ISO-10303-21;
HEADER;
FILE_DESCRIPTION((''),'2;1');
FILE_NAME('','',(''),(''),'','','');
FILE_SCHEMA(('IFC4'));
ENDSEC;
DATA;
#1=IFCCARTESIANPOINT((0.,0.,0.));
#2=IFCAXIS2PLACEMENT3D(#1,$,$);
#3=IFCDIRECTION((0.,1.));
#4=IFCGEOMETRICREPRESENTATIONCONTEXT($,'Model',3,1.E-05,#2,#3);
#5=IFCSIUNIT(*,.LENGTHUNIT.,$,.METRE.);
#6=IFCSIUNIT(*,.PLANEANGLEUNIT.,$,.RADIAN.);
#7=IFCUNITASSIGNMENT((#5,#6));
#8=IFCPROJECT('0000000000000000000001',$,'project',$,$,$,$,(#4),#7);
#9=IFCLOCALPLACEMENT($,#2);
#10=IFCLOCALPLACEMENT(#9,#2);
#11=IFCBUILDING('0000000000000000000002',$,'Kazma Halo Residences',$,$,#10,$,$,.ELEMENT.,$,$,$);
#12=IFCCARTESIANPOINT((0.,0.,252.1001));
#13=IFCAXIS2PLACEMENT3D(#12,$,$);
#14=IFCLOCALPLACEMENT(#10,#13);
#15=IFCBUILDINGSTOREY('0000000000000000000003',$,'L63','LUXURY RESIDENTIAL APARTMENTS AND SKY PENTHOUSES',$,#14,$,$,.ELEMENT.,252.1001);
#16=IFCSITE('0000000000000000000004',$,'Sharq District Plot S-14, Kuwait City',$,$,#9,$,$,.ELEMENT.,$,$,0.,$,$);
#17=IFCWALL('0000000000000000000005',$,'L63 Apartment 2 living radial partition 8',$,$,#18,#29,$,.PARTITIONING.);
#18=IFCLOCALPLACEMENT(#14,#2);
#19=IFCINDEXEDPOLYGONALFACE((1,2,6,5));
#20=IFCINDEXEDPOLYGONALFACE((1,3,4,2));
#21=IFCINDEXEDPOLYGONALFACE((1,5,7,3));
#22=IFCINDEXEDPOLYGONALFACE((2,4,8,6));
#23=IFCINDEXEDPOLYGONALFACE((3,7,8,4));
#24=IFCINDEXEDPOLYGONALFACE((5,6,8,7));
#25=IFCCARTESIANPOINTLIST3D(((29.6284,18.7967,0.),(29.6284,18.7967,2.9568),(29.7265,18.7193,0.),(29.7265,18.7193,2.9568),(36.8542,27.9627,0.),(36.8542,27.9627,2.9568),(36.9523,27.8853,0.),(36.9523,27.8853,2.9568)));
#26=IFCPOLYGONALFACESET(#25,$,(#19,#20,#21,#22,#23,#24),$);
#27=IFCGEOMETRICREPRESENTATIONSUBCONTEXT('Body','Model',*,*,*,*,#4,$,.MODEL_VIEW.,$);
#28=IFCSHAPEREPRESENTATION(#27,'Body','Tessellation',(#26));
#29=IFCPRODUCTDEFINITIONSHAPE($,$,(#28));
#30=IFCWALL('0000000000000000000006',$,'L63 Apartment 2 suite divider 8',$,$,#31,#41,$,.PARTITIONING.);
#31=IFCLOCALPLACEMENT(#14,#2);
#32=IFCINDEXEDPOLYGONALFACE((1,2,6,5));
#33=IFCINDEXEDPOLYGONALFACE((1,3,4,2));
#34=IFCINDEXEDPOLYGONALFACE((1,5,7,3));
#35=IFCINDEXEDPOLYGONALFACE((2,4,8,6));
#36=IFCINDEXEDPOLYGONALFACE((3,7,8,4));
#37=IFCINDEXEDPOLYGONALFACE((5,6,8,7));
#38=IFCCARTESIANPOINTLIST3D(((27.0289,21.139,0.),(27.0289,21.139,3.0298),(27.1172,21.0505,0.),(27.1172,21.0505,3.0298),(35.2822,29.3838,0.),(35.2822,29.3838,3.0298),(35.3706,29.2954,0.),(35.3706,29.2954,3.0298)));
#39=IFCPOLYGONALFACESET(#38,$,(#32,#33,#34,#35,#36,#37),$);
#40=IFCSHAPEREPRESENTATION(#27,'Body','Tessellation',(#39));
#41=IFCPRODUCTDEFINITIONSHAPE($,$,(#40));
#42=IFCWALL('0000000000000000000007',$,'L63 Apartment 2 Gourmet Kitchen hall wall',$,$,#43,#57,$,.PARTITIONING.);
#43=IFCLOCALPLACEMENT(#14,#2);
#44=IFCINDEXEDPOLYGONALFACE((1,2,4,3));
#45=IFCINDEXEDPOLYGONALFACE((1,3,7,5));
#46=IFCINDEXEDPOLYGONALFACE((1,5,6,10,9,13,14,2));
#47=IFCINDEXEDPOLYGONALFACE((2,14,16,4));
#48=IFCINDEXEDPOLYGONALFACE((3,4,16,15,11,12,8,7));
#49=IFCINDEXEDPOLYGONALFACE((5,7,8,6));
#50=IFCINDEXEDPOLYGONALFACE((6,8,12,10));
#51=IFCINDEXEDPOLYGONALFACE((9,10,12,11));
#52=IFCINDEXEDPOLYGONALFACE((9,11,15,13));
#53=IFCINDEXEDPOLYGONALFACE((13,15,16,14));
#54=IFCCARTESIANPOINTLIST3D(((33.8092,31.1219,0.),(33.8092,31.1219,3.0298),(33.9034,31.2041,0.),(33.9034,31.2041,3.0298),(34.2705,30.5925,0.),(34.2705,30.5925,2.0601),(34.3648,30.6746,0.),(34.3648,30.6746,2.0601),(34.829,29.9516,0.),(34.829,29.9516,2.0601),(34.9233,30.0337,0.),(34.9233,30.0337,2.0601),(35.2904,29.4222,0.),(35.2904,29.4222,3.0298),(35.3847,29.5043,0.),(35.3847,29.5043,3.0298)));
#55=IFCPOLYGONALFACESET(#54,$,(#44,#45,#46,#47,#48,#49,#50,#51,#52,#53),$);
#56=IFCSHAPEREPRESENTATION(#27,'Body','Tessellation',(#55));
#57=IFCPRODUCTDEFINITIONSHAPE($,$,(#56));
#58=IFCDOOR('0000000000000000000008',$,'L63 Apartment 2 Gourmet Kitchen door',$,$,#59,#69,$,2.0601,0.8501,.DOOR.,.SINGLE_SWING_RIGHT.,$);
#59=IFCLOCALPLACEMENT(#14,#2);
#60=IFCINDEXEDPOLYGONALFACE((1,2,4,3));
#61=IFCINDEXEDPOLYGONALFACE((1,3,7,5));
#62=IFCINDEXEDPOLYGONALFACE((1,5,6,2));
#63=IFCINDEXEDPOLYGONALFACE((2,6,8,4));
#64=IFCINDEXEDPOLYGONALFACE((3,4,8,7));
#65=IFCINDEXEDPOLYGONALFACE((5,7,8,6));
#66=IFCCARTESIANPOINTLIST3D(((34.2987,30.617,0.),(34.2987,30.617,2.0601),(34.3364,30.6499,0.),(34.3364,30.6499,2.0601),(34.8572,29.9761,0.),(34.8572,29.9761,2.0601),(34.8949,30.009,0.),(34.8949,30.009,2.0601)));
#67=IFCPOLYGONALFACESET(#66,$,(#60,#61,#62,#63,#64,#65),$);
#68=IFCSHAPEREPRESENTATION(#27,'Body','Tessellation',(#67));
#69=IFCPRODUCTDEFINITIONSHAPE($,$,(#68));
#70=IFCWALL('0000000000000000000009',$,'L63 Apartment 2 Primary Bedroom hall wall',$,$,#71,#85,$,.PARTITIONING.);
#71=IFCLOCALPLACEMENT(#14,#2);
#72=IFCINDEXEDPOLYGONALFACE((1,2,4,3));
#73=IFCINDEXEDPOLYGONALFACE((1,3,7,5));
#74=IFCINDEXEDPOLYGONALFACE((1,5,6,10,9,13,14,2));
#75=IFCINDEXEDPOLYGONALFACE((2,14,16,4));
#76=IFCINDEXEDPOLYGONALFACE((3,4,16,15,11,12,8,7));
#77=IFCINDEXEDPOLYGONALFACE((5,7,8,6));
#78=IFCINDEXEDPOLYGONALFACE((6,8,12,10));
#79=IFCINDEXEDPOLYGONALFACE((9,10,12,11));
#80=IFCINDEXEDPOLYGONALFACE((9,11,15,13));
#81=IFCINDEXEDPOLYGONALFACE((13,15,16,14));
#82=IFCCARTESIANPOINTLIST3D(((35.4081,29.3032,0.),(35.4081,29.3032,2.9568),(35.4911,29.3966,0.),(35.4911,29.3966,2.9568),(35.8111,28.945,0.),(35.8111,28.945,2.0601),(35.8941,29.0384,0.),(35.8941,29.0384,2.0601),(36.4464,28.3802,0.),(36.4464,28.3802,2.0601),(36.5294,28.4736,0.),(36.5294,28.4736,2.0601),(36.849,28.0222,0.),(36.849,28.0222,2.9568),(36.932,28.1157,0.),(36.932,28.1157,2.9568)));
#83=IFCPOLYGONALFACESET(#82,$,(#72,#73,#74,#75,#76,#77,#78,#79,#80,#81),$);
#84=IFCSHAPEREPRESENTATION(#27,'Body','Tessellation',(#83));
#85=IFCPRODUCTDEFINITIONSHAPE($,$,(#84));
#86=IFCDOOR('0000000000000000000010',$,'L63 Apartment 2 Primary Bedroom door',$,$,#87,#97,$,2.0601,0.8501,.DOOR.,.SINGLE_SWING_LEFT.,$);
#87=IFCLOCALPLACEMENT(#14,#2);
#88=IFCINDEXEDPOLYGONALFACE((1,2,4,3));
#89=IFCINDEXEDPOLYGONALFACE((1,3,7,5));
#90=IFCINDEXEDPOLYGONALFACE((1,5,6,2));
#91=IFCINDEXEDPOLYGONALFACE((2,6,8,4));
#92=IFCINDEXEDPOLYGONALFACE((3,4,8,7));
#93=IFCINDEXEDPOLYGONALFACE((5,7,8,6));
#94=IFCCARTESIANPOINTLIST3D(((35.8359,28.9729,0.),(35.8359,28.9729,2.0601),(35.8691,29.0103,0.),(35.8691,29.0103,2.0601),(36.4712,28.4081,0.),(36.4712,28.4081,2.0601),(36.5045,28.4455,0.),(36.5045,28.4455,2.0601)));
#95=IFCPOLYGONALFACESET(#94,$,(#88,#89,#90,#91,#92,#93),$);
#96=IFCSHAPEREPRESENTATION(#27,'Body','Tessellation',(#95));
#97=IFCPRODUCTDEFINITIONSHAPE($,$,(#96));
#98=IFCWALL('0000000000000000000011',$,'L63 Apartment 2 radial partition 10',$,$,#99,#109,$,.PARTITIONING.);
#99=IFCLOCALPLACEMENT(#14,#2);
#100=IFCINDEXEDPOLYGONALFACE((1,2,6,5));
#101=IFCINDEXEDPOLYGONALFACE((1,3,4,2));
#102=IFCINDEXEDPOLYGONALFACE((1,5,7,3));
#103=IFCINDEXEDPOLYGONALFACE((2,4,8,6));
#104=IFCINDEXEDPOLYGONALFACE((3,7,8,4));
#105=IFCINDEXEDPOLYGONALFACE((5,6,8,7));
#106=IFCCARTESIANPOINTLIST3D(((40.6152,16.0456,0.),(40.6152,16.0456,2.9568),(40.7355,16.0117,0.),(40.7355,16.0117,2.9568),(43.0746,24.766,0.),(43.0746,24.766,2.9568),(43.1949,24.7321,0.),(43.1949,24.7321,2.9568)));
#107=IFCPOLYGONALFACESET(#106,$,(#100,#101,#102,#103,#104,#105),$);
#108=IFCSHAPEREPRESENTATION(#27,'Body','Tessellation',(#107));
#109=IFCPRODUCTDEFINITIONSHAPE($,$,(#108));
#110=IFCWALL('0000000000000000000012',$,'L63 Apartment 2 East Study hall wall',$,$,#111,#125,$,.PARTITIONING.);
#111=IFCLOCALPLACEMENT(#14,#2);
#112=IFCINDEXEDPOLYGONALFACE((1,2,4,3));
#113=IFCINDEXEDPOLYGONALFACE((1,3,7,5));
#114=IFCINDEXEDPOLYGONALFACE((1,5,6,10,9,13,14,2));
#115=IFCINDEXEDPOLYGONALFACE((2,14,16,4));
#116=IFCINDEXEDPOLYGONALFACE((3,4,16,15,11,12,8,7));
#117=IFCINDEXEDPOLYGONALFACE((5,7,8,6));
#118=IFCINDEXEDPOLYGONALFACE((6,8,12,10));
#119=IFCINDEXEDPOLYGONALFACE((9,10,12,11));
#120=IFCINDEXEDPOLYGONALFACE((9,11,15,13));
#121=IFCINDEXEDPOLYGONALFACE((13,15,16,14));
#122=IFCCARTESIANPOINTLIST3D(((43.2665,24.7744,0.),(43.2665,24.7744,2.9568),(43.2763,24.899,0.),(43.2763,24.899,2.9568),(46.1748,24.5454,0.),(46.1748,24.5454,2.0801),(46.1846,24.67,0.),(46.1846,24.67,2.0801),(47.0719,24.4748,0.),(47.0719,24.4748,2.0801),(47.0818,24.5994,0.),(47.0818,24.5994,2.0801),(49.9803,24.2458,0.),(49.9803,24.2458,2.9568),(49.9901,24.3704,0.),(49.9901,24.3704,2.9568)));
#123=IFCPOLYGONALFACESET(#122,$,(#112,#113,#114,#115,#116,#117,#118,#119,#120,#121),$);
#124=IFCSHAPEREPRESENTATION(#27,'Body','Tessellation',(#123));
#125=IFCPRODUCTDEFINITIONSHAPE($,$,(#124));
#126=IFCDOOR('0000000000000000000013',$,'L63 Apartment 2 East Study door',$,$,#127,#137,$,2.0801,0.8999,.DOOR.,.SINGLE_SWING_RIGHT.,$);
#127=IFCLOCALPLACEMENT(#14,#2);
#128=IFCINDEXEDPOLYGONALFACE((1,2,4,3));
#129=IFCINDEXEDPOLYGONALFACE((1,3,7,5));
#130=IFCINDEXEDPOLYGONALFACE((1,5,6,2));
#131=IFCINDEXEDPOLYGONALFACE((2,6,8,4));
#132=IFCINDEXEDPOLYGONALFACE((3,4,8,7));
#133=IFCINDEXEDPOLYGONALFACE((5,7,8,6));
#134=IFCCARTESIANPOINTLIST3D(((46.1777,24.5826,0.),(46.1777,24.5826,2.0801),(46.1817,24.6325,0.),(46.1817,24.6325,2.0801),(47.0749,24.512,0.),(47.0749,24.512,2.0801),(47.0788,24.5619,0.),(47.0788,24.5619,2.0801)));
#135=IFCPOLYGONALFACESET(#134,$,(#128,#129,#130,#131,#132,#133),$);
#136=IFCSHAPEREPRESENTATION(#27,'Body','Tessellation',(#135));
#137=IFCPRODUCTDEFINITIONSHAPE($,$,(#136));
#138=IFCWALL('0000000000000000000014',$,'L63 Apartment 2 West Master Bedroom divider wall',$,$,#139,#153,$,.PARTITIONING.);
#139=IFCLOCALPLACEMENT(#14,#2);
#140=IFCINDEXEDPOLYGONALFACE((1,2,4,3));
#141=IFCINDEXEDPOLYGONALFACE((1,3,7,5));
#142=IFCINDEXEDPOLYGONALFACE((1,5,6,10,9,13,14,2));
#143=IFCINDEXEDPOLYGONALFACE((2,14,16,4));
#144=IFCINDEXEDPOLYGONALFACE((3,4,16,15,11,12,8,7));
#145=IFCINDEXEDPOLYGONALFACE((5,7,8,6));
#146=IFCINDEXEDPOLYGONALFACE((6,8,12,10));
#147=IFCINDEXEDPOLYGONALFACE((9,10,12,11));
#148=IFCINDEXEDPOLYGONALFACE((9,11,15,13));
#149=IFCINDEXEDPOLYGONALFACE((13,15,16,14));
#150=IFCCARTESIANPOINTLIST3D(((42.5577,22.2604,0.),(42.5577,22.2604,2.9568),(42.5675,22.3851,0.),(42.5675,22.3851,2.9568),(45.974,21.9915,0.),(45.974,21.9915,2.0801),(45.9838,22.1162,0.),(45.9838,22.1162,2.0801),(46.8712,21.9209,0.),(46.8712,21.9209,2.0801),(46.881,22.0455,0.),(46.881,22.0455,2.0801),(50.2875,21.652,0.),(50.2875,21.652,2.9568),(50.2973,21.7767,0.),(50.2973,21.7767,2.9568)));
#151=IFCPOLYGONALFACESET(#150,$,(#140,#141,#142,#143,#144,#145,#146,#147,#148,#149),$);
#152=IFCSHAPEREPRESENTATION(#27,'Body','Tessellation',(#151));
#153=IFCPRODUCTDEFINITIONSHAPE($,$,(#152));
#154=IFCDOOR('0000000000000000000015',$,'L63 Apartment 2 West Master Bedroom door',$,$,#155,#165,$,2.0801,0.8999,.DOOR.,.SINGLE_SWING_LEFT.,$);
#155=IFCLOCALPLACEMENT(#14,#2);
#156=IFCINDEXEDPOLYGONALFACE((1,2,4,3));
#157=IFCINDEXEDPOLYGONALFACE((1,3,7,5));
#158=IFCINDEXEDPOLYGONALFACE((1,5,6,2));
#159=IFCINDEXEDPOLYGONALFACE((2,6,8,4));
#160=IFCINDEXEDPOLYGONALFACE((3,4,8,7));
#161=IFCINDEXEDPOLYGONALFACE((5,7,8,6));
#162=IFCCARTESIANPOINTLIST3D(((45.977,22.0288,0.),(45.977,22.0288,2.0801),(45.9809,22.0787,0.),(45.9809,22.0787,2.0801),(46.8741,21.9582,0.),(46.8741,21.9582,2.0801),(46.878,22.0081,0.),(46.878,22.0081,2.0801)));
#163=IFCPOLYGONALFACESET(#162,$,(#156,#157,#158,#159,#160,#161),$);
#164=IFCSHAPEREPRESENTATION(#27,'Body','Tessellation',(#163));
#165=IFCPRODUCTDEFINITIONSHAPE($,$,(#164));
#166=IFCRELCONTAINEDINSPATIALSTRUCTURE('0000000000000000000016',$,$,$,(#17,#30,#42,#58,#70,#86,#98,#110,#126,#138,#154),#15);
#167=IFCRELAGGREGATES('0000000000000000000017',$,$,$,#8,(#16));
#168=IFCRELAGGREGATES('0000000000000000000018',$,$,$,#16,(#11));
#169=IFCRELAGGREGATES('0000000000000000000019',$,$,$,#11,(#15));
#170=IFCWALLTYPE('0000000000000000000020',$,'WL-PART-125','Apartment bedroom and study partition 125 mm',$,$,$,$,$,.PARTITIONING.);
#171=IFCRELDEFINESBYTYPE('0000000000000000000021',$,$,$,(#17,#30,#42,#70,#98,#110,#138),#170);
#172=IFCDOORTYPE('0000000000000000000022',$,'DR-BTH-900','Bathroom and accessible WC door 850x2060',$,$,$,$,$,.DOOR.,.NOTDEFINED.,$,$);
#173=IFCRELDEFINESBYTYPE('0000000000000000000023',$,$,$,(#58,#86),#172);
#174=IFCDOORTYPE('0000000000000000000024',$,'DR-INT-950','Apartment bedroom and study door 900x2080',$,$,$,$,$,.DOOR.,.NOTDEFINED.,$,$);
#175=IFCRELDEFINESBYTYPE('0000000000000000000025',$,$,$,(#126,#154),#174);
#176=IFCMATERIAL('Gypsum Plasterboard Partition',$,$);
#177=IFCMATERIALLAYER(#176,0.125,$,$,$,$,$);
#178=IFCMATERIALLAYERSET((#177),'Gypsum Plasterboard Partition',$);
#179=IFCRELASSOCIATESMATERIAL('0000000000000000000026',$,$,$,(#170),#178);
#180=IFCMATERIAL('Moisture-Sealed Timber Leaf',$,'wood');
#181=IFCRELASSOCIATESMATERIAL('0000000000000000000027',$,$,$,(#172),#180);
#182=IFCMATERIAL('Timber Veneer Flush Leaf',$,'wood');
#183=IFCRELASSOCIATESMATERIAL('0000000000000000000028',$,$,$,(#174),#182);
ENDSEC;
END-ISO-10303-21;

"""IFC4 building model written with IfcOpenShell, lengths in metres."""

from ifc_helpers import new_model, si_unit, direction, frame, frame_2d, origin, place, context, subcontext, project, spatial, rectangle, extrude, material, layer, layer_set, type_object, element, fill, save


model = new_model("IFC4")

# Units and contexts
model_context = context("Model", 3, precision=1e-05, world=origin(), true_north=direction((0.0, 1.0)))
body_context = subcontext(model_context, "Body", "Model", "MODEL_VIEW")
ifc_project = project(units=[si_unit("LENGTHUNIT", "METRE"), si_unit("PLANEANGLEUNIT", "RADIAN")], contexts=[model_context])

# Site, building, storey
site_placement = place(None, origin())
site = spatial("IfcSite", under=ifc_project, at=site_placement, Name="Sharq District Plot S-14, Kuwait City", CompositionType="ELEMENT", RefElevation=0.0)
building_placement = place(site_placement, origin())
building = spatial("IfcBuilding", under=site, at=building_placement, Name="Kazma Halo Residences", CompositionType="ELEMENT")
storey_placement = place(building_placement, frame((0.0, 0.0, 252.1001)))
storey = spatial("IfcBuildingStorey", under=building, at=storey_placement, Name="L63", Description="LUXURY RESIDENTIAL APARTMENTS AND SKY PENTHOUSES", CompositionType="ELEMENT", Elevation=252.1001)

# Walls
ifc_material_1 = material(Name="Gypsum Plasterboard Partition")
ifc_layer_1 = layer(ifc_material_1, 0.125)
ifc_layer_set_1 = layer_set([ifc_layer_1], Name="Gypsum Plasterboard Partition")
wall_type_1 = type_object("IfcWallType", Name="WL-PART-125", Description="Apartment bedroom and study partition 125 mm", PredefinedType="PARTITIONING", material=ifc_layer_set_1)
wall_1_placement = place(storey_placement, frame((36.9033, 27.9241, 0.0), z_axis=(0.0, 0.0, 1.0), x_axis=(-0.61909, -0.78532, 0.0)))
element("IfcWall", 1, at=wall_1_placement, inside=storey, type_object=wall_type_1, Name="L63 Apartment 2 living radial partition 8", PredefinedType="PARTITIONING", context=body_context, shape_type="SweptSolid", body=[
    extrude(rectangle(XDim=11.6716, YDim=0.125, at=frame_2d((5.8359, 0.0))), origin(), (0.0, 0.0, 1.0), 2.9568),
])
wall_2_placement = place(storey_placement, frame((35.3264, 29.3396, 0.0), z_axis=(0.0, 0.0, 1.0), x_axis=(-0.707473, -0.70674, 0.0)))
element("IfcWall", 2, at=wall_2_placement, inside=storey, type_object=wall_type_1, Name="L63 Apartment 2 suite divider 8", PredefinedType="PARTITIONING", context=body_context, shape_type="SweptSolid", body=[
    extrude(rectangle(XDim=11.666, YDim=0.125, at=frame_2d((5.833, 0.0))), origin(), (0.0, 0.0, 1.0), 3.0298),
])

# Walls, openings, doors
wall_3_placement = place(storey_placement, frame((33.8562, 31.1631, 0.0), z_axis=(0.0, 0.0, 1.0), x_axis=(0.656985, -0.753903, 0.0)))
wall_3 = element("IfcWall", 3, at=wall_3_placement, inside=storey, type_object=wall_type_1, Name="L63 Apartment 2 Gourmet Kitchen hall wall", PredefinedType="PARTITIONING", context=body_context, shape_type="SweptSolid", body=[
    extrude(rectangle(XDim=2.2546, YDim=0.125, at=frame_2d((1.1274, 0.0))), origin(), (0.0, 0.0, 1.0), 3.0298),
])
opening_1_placement = place(wall_3_placement, frame((0.7024, 0.0, 0.0)))
opening_1 = element("IfcOpeningElement", 4, at=opening_1_placement, cuts=wall_3, PredefinedType="OPENING", context=body_context, shape_type="SweptSolid", body=[
    extrude(rectangle(XDim=0.8501, YDim=2.0601, at=frame_2d((0.425, 1.03))), frame((0.0, 0.0725, 0.0), z_axis=(0.0, -1.0, 0.0), x_axis=(1.0, 0.0, 0.0)), (0.0, 0.0, 1.0), 0.145),
])
ifc_material_2 = material(Name="Moisture-Sealed Timber Leaf", Category="wood")
door_type_1 = type_object("IfcDoorType", Name="DR-BTH-900", Description="Bathroom and accessible WC door 850x2060", OperationType="NOTDEFINED", PredefinedType="DOOR", material=ifc_material_2)
door_1_placement = place(opening_1_placement, origin())
door_1 = element("IfcDoor", 5, at=door_1_placement, inside=storey, type_object=door_type_1, Name="L63 Apartment 2 Gourmet Kitchen door", OperationType="SINGLE_SWING_RIGHT", OverallHeight=2.0601, OverallWidth=0.8501, PredefinedType="DOOR", context=body_context, shape_type="SweptSolid", body=[
    extrude(rectangle(XDim=0.8501, YDim=2.0601, at=frame_2d((0.425, 1.03))), frame((0.0, 0.0249, 0.0), z_axis=(0.0, -1.0, 0.0), x_axis=(1.0, 0.0, 0.0)), (0.0, 0.0, 1.0), 0.05),
])
fill(opening_1, door_1)
wall_4_placement = place(storey_placement, frame((35.4497, 29.3499, 0.0), z_axis=(0.0, 0.0, 1.0), x_axis=(0.74736, -0.664419, 0.0)))
wall_4 = element("IfcWall", 6, at=wall_4_placement, inside=storey, type_object=wall_type_1, Name="L63 Apartment 2 Primary Bedroom hall wall", PredefinedType="PARTITIONING", context=body_context, shape_type="SweptSolid", body=[
    extrude(rectangle(XDim=1.928, YDim=0.125, at=frame_2d((0.9639, 0.0))), origin(), (0.0, 0.0, 1.0), 2.9568),
])
opening_2_placement = place(wall_4_placement, frame((0.5391, 0.0, 0.0)))
opening_2 = element("IfcOpeningElement", 7, at=opening_2_placement, cuts=wall_4, PredefinedType="OPENING", context=body_context, shape_type="SweptSolid", body=[
    extrude(rectangle(XDim=0.8501, YDim=2.0601, at=frame_2d((0.425, 1.03))), frame((0.0, 0.0725, 0.0), z_axis=(0.0, -1.0, 0.0), x_axis=(1.0, 0.0, 0.0)), (0.0, 0.0, 1.0), 0.145),
])
door_2_placement = place(opening_2_placement, origin())
door_2 = element("IfcDoor", 8, at=door_2_placement, inside=storey, type_object=door_type_1, Name="L63 Apartment 2 Primary Bedroom door", OperationType="SINGLE_SWING_LEFT", OverallHeight=2.0601, OverallWidth=0.8501, PredefinedType="DOOR", context=body_context, shape_type="SweptSolid", body=[
    extrude(rectangle(XDim=0.8501, YDim=2.0601, at=frame_2d((0.425, 1.03))), frame((0.0, 0.0249, 0.0), z_axis=(0.0, -1.0, 0.0), x_axis=(1.0, 0.0, 0.0)), (0.0, 0.0, 1.0), 0.05),
])
fill(opening_2, door_2)

# Wall
wall_5_placement = place(storey_placement, frame((43.1348, 24.749, 0.0), z_axis=(0.0, 0.0, 1.0), x_axis=(-0.271445, -0.962454, 0.0)))
element("IfcWall", 9, at=wall_5_placement, inside=storey, type_object=wall_type_1, Name="L63 Apartment 2 radial partition 10", PredefinedType="PARTITIONING", context=body_context, shape_type="SweptSolid", body=[
    extrude(rectangle(XDim=9.0605, YDim=0.125, at=frame_2d((4.5303, 0.0))), origin(), (0.0, 0.0, 1.0), 2.9568),
])

# Walls, openings, doors
wall_6_placement = place(storey_placement, frame((43.2715, 24.8367, 0.0), z_axis=(0.0, 0.0, 1.0), x_axis=(0.996915, -0.078484, 0.0)))
wall_6 = element("IfcWall", 10, at=wall_6_placement, inside=storey, type_object=wall_type_1, Name="L63 Apartment 2 East Study hall wall", PredefinedType="PARTITIONING", context=body_context, shape_type="SweptSolid", body=[
    extrude(rectangle(XDim=6.7346, YDim=0.125, at=frame_2d((3.3672, 0.0))), origin(), (0.0, 0.0, 1.0), 2.9568),
])
opening_3_placement = place(wall_6_placement, frame((2.9172, 0.0, 0.0)))
opening_3 = element("IfcOpeningElement", 11, at=opening_3_placement, cuts=wall_6, PredefinedType="OPENING", context=body_context, shape_type="SweptSolid", body=[
    extrude(rectangle(XDim=0.8999, YDim=2.0801, at=frame_2d((0.45, 1.04))), frame((0.0, 0.0725, 0.0), z_axis=(0.0, -1.0, 0.0), x_axis=(1.0, 0.0, 0.0)), (0.0, 0.0, 1.0), 0.145),
])
ifc_material_3 = material(Name="Timber Veneer Flush Leaf", Category="wood")
door_type_2 = type_object("IfcDoorType", Name="DR-INT-950", Description="Apartment bedroom and study door 900x2080", OperationType="NOTDEFINED", PredefinedType="DOOR", material=ifc_material_3)
door_3_placement = place(opening_3_placement, origin())
door_3 = element("IfcDoor", 12, at=door_3_placement, inside=storey, type_object=door_type_2, Name="L63 Apartment 2 East Study door", OperationType="SINGLE_SWING_RIGHT", OverallHeight=2.0801, OverallWidth=0.8999, PredefinedType="DOOR", context=body_context, shape_type="SweptSolid", body=[
    extrude(rectangle(XDim=0.8999, YDim=2.0801, at=frame_2d((0.45, 1.04))), frame((0.0, 0.0249, 0.0), z_axis=(0.0, -1.0, 0.0), x_axis=(1.0, 0.0, 0.0)), (0.0, 0.0, 1.0), 0.05),
])
fill(opening_3, door_3)
wall_7_placement = place(storey_placement, frame((42.5625, 22.3228, 0.0), z_axis=(0.0, 0.0, 1.0), x_axis=(0.996917, -0.078466, 0.0)))
wall_7 = element("IfcWall", 13, at=wall_7_placement, inside=storey, type_object=wall_type_1, Name="L63 Apartment 2 West Master Bedroom divider wall", PredefinedType="PARTITIONING", context=body_context, shape_type="SweptSolid", body=[
    extrude(rectangle(XDim=7.7537, YDim=0.125, at=frame_2d((3.877, 0.0))), origin(), (0.0, 0.0, 1.0), 2.9568),
])
opening_4_placement = place(wall_7_placement, frame((3.427, 0.0, 0.0)))
opening_4 = element("IfcOpeningElement", 14, at=opening_4_placement, cuts=wall_7, PredefinedType="OPENING", context=body_context, shape_type="SweptSolid", body=[
    extrude(rectangle(XDim=0.8999, YDim=2.0801, at=frame_2d((0.45, 1.04))), frame((0.0, 0.0725, 0.0), z_axis=(0.0, -1.0, 0.0), x_axis=(1.0, 0.0, 0.0)), (0.0, 0.0, 1.0), 0.145),
])
door_4_placement = place(opening_4_placement, origin())
door_4 = element("IfcDoor", 15, at=door_4_placement, inside=storey, type_object=door_type_2, Name="L63 Apartment 2 West Master Bedroom door", OperationType="SINGLE_SWING_LEFT", OverallHeight=2.0801, OverallWidth=0.8999, PredefinedType="DOOR", context=body_context, shape_type="SweptSolid", body=[
    extrude(rectangle(XDim=0.8999, YDim=2.0801, at=frame_2d((0.45, 1.04))), frame((0.0, 0.0249, 0.0), z_axis=(0.0, -1.0, 0.0), x_axis=(1.0, 0.0, 0.0)), (0.0, 0.0, 1.0), 0.05),
])
fill(opening_4, door_4)

save(model, "model.ifc")
